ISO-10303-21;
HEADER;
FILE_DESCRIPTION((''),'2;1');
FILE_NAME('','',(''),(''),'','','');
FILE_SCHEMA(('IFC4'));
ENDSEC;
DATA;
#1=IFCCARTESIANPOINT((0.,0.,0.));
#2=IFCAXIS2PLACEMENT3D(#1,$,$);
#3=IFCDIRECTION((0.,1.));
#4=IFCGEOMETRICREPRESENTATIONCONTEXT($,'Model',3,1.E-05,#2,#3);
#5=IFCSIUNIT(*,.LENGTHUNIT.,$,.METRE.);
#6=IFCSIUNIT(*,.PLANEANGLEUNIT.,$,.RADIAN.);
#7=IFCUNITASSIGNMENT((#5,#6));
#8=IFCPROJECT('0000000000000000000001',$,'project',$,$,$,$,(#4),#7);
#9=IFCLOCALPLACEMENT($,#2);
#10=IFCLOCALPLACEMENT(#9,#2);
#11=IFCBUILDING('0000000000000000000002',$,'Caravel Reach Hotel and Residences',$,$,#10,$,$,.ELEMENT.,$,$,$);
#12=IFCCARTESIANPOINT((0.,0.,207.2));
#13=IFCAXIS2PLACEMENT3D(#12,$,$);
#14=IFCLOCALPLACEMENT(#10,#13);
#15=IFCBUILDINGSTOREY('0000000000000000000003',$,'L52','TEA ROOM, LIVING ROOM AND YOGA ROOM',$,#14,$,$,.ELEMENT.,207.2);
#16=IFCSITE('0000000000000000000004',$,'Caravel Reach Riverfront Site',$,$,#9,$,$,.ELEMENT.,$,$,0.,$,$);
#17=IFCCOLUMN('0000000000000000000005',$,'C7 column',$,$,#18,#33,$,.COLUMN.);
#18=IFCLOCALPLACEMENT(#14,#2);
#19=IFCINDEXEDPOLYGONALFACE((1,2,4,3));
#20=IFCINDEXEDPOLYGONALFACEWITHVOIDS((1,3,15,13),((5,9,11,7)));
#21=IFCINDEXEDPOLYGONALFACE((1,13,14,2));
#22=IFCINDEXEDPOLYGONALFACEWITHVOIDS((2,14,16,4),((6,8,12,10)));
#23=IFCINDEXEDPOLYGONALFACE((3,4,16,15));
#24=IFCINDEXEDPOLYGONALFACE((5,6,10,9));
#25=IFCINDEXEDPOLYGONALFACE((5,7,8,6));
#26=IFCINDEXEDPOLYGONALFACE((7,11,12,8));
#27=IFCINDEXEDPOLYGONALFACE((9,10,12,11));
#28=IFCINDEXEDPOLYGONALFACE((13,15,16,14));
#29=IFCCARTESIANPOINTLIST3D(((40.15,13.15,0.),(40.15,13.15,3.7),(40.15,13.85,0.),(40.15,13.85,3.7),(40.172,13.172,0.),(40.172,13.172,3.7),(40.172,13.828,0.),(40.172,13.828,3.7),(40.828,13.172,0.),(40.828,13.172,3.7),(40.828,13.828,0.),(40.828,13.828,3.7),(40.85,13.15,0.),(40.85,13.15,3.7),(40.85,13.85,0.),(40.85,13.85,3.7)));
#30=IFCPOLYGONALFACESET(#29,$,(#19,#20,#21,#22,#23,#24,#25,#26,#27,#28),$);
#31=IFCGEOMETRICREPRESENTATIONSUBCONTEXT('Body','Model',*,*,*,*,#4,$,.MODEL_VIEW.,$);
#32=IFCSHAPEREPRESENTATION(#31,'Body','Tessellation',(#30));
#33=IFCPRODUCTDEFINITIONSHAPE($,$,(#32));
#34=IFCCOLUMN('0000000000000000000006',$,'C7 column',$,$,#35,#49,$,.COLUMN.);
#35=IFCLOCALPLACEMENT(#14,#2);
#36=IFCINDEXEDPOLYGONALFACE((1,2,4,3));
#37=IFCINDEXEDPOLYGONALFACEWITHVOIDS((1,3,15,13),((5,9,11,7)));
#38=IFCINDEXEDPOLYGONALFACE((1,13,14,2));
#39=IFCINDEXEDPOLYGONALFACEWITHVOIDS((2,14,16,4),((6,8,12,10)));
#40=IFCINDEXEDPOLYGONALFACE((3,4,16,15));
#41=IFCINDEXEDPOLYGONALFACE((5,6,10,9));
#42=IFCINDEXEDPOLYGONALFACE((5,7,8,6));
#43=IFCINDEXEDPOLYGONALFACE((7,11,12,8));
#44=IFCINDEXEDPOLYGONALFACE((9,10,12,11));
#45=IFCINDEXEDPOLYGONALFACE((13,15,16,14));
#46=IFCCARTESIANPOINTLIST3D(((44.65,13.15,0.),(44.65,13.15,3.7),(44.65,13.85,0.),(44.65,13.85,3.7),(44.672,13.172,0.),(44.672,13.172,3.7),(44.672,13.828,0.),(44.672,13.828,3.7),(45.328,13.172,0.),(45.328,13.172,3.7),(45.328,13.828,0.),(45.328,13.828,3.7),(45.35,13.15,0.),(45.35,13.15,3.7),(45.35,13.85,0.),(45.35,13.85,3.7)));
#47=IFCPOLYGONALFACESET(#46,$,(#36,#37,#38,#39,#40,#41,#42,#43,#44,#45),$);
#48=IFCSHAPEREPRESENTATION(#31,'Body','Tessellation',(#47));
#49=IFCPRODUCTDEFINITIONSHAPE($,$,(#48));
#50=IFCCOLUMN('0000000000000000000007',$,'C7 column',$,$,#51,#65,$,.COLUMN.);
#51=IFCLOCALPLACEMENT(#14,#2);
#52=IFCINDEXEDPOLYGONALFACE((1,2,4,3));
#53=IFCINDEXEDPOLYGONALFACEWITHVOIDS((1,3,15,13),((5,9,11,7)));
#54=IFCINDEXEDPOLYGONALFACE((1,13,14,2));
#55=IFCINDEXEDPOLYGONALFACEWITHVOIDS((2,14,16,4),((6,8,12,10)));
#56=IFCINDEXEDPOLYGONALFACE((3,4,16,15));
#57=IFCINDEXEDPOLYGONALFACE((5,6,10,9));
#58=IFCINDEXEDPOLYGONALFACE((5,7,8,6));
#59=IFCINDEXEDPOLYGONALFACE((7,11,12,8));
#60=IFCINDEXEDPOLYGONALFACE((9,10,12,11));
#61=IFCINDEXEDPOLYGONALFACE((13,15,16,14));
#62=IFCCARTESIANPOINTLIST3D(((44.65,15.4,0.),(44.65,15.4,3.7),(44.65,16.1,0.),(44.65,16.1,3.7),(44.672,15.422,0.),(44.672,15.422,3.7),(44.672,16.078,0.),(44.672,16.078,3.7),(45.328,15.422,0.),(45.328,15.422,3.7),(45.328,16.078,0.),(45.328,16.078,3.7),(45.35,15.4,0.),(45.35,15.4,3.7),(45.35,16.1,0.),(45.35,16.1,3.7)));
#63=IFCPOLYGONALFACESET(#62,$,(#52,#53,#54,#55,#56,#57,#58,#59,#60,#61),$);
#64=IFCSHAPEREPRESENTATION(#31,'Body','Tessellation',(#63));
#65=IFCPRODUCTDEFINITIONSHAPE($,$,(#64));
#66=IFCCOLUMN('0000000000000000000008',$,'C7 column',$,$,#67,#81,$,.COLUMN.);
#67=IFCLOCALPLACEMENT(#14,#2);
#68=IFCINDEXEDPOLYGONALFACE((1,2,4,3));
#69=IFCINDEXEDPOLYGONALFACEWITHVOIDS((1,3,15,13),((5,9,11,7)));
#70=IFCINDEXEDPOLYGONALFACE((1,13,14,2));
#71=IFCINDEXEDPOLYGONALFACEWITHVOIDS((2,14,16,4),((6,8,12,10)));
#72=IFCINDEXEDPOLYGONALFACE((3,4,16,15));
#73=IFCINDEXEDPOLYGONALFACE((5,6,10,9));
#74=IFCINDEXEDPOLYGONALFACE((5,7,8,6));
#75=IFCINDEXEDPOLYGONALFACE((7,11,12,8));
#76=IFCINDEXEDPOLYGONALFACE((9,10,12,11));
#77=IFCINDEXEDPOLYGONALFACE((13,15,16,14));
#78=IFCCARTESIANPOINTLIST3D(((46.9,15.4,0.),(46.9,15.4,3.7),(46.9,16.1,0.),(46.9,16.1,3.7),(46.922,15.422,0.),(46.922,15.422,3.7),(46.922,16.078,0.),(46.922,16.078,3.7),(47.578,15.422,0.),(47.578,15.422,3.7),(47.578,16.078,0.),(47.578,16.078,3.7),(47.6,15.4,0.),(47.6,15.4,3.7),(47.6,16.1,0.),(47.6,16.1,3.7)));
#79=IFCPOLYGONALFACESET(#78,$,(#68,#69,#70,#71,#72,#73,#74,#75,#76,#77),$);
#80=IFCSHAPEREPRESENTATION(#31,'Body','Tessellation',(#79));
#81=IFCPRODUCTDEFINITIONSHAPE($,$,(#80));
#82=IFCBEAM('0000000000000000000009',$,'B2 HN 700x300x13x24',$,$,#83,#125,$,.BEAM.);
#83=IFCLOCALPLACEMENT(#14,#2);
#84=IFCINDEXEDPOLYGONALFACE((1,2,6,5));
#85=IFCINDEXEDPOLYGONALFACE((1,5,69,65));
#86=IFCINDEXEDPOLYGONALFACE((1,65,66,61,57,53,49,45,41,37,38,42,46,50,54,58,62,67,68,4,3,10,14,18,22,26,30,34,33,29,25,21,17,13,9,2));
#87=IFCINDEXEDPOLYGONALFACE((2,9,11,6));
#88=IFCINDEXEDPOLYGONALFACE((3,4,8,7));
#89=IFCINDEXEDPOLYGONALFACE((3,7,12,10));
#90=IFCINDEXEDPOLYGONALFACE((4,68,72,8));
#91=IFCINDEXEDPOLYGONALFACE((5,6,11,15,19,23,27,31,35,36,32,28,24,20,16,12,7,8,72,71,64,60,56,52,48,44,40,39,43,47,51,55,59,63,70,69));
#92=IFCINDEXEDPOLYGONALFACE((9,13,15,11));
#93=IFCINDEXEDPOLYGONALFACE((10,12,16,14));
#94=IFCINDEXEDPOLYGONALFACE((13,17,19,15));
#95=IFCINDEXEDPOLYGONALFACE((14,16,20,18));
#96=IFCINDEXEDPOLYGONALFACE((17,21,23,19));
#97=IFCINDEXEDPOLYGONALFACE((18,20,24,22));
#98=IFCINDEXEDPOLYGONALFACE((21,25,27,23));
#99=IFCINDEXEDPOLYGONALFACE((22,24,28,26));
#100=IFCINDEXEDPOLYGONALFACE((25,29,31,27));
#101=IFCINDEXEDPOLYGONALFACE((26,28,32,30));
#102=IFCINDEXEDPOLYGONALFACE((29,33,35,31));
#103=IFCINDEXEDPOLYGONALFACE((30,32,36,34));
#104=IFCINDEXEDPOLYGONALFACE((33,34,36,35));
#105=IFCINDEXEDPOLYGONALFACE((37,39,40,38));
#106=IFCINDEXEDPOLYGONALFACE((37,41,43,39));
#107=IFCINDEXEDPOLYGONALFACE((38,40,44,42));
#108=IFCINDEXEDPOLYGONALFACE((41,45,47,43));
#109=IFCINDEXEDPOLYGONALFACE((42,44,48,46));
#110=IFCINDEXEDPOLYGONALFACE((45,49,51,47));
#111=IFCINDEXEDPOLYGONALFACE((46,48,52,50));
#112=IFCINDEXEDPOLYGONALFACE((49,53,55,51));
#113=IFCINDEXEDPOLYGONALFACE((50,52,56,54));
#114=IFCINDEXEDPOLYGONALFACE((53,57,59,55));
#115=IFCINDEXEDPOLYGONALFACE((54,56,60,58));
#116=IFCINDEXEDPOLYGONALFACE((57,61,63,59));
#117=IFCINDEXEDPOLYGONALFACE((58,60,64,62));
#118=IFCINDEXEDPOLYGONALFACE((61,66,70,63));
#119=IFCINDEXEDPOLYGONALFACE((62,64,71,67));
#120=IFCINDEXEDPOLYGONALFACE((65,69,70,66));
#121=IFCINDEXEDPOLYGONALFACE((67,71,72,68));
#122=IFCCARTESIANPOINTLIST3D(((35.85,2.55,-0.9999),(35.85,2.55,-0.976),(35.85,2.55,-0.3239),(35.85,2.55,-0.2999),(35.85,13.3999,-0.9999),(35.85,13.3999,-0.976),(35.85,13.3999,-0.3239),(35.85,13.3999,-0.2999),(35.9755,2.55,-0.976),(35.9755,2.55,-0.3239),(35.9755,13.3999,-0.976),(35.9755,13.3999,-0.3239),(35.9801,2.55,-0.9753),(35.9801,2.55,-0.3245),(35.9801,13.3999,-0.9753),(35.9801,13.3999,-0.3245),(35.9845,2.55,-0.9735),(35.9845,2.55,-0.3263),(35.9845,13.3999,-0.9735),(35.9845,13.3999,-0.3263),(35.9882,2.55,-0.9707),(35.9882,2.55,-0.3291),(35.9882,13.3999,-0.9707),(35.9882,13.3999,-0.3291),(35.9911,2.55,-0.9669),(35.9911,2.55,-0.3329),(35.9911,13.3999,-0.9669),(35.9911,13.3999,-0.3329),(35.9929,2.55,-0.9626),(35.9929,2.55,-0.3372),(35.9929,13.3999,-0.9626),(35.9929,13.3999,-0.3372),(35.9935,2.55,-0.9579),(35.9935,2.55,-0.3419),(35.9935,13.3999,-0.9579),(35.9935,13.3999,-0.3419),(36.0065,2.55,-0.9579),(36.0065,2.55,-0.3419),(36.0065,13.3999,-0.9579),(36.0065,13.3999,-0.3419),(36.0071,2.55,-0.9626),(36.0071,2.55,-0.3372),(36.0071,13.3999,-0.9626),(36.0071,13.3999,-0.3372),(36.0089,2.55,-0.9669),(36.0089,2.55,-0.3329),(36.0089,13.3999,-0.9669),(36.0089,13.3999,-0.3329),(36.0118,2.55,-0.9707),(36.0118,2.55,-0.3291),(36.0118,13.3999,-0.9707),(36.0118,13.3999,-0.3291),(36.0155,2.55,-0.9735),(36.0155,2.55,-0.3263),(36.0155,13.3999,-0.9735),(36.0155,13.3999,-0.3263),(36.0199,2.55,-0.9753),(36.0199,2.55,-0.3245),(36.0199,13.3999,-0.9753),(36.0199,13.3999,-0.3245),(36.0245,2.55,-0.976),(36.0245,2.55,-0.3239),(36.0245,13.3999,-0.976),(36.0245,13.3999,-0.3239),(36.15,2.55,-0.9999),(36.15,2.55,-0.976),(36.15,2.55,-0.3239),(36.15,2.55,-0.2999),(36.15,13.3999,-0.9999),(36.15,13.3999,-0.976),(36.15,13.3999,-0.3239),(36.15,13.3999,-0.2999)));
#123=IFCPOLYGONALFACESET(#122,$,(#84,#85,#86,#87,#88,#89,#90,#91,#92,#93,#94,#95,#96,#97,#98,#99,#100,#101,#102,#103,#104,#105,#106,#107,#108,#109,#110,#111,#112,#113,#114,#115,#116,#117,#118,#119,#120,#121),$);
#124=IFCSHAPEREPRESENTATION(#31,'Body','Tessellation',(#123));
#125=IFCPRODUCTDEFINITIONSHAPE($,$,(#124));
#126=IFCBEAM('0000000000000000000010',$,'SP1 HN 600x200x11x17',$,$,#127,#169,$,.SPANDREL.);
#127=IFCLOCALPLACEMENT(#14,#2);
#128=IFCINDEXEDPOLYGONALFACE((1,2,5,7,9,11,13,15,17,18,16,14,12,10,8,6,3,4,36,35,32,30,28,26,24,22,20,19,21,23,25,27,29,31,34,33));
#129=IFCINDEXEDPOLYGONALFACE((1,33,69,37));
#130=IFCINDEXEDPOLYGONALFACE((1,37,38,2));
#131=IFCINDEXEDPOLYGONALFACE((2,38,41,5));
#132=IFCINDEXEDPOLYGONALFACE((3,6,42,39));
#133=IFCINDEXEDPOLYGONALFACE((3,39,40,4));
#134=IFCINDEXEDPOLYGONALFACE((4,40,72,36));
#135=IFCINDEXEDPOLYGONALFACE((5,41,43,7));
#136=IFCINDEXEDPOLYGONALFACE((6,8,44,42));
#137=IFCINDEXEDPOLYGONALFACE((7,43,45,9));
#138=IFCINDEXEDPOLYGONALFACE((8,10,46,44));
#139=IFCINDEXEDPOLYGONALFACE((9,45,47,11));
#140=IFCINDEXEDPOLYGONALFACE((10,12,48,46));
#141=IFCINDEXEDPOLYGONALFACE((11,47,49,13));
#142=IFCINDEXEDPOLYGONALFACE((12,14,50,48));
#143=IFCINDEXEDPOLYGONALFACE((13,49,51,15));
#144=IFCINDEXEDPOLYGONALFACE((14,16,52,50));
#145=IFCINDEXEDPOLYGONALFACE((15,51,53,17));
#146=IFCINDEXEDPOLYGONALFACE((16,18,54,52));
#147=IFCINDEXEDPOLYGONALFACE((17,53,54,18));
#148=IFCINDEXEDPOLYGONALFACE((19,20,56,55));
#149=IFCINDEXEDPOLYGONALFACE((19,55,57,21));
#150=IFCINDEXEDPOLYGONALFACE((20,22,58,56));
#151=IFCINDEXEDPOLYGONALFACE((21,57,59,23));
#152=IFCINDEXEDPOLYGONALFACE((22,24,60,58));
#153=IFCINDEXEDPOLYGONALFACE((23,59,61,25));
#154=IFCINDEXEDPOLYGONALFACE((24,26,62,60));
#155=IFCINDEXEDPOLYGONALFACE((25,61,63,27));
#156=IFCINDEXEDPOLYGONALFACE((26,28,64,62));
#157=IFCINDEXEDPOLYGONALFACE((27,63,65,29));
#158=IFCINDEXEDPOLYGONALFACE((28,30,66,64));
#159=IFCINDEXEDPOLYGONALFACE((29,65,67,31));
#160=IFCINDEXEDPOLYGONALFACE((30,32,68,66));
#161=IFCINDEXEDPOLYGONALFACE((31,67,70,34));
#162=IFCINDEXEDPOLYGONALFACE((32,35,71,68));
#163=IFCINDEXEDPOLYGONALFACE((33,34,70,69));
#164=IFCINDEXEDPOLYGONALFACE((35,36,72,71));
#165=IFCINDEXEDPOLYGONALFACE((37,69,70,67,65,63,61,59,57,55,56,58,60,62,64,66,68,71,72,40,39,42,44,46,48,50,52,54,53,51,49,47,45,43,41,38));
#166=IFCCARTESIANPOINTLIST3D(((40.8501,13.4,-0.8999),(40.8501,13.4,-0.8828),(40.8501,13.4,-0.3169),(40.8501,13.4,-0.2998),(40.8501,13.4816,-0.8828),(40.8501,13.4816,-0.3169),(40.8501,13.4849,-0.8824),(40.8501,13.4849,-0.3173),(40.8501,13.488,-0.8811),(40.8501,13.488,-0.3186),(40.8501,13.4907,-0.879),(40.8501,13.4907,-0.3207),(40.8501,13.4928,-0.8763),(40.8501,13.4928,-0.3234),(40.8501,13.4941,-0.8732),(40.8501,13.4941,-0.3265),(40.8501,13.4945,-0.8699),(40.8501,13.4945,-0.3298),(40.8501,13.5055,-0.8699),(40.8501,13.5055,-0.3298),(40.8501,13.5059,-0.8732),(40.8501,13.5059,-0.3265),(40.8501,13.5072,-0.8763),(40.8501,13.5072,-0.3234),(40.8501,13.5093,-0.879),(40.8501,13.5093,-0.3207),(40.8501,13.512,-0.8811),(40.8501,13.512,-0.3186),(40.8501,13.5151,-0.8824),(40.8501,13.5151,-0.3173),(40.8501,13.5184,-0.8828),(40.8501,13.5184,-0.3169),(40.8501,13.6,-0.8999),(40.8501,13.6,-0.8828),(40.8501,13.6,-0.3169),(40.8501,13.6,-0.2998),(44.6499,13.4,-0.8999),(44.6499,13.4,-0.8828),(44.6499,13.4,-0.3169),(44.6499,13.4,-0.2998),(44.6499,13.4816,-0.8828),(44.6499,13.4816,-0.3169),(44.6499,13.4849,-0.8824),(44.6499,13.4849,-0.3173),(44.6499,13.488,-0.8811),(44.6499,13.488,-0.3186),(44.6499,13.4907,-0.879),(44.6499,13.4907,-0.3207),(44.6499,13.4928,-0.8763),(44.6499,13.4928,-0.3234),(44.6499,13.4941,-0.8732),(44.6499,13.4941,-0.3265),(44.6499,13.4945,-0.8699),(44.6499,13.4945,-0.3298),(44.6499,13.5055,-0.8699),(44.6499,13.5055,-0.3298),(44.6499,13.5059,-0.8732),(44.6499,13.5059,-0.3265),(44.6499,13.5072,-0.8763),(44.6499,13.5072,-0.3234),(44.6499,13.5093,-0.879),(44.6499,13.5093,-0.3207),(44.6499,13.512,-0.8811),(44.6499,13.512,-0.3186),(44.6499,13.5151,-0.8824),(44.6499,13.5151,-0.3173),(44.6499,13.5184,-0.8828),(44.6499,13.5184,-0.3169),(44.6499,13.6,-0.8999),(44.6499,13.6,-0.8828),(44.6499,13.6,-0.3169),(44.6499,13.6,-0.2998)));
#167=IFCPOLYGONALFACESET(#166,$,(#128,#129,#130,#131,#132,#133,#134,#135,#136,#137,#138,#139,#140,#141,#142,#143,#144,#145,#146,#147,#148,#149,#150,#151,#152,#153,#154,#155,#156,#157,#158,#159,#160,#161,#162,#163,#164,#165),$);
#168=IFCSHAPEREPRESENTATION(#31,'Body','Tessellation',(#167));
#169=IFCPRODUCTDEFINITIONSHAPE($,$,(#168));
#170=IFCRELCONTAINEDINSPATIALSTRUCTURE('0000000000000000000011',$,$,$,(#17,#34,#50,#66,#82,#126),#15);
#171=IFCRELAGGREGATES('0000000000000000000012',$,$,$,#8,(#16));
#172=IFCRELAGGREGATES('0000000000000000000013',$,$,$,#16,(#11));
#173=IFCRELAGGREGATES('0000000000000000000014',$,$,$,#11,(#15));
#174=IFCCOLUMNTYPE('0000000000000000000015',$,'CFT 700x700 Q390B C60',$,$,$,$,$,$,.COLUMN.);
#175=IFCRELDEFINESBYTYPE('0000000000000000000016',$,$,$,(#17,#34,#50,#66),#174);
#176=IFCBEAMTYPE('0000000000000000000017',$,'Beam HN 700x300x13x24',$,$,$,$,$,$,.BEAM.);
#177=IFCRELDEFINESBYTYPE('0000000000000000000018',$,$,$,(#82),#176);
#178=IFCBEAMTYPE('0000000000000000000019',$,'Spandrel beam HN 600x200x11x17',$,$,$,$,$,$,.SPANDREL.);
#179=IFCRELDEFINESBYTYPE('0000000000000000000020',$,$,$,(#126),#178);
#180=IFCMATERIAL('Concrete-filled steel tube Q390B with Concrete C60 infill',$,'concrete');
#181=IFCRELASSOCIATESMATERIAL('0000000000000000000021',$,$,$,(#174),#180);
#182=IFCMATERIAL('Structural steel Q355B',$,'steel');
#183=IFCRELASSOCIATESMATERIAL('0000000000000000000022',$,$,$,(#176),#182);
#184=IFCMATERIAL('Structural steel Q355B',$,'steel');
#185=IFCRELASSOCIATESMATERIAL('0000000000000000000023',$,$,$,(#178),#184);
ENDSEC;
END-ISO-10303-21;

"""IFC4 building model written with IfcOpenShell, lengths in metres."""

from ifc_helpers import new_model, si_unit, direction, frame, origin, origin_2d, place, context, subcontext, project, spatial, hollow_rectangle, i_section, extrude, material, material_profile, profile_set, type_object, element, save


model = new_model("IFC4")

# Units and contexts
model_context = context("Model", 3, precision=1e-05, world=origin(), true_north=direction((0.0, 1.0)))
body_context = subcontext(model_context, "Body", "Model", "MODEL_VIEW")
ifc_project = project(units=[si_unit("LENGTHUNIT", "METRE"), si_unit("PLANEANGLEUNIT", "RADIAN")], contexts=[model_context])

# Site, building, storey
site_placement = place(None, origin())
site = spatial("IfcSite", under=ifc_project, at=site_placement, Name="Caravel Reach Riverfront Site", CompositionType="ELEMENT", RefElevation=0.0)
building_placement = place(site_placement, origin())
building = spatial("IfcBuilding", under=site, at=building_placement, Name="Caravel Reach Hotel and Residences", CompositionType="ELEMENT")
storey_placement = place(building_placement, frame((0.0, 0.0, 207.2)))
storey = spatial("IfcBuildingStorey", under=building, at=storey_placement, Name="L52", Description="TEA ROOM, LIVING ROOM AND YOGA ROOM", CompositionType="ELEMENT", Elevation=207.2)

# Columns
ifc_material_1 = material(Name="Concrete-filled steel tube Q390B with Concrete C60 infill", Category="concrete")
ifc_material_profile_1 = material_profile(ifc_material_1, hollow_rectangle(XDim=0.7, YDim=0.7, WallThickness=0.022, at=origin_2d()), Name="RHS 700x700x22")
ifc_profile_set_1 = profile_set([ifc_material_profile_1], Name="Concrete-filled steel tube Q390B with Concrete C60 infill")
column_type = type_object("IfcColumnType", Name="CFT 700x700 Q390B C60", PredefinedType="COLUMN", material=ifc_profile_set_1)
for number, where, z_axis, x_axis, name in (
    (1, (40.5, 13.5, 0.0), (0.0, 0.0, 1.0), (1.0, 0.0, 0.0), "C7 column"),
    (2, (45.0, 13.5, 0.0), (0.0, 0.0, 1.0), (1.0, 0.0, 0.0), "C7 column"),
    (3, (45.0, 15.75, 0.0), (0.0, 0.0, 1.0), (1.0, 0.0, 0.0), "C7 column"),
    (4, (47.25, 15.75, 0.0), (0.0, 0.0, 1.0), (1.0, 0.0, 0.0), "C7 column"),
):
    element("IfcColumn", number, at=place(storey_placement, frame(where, z_axis=z_axis, x_axis=x_axis)), inside=storey, type_object=column_type, Name=name, PredefinedType="COLUMN", context=body_context, shape_type="SweptSolid", body=[
        extrude(hollow_rectangle(XDim=0.7, YDim=0.7, WallThickness=0.022, at=origin_2d()), origin(), (0.0, 0.0, 1.0), 3.7),
    ])

# Beams
ifc_material_2 = material(Name="Structural steel Q355B", Category="steel")
ifc_material_profile_2 = material_profile(ifc_material_2, i_section(OverallWidth=0.3, OverallDepth=0.7, WebThickness=0.0129, FlangeThickness=0.0239, FilletRadius=0.0181, at=origin_2d()), Name="HN 700x300x13x24")
ifc_profile_set_2 = profile_set([ifc_material_profile_2], Name="Structural steel Q355B")
beam_type_1 = type_object("IfcBeamType", Name="Beam HN 700x300x13x24", PredefinedType="BEAM", material=ifc_profile_set_2)
beam_1_placement = place(storey_placement, frame((36.0, 13.3999, -0.6499), z_axis=(0.0, -1.0, 0.0), x_axis=(1.0, 0.0, 0.0)))
element("IfcBeam", 5, at=beam_1_placement, inside=storey, type_object=beam_type_1, Name="B2 HN 700x300x13x24", PredefinedType="BEAM", context=body_context, shape_type="SweptSolid", body=[
    extrude(i_section(OverallWidth=0.3, OverallDepth=0.7, WebThickness=0.0129, FlangeThickness=0.0239, FilletRadius=0.0181, at=origin_2d()), origin(), (0.0, 0.0, 1.0), 10.8499),
])
ifc_material_3 = material(Name="Structural steel Q355B", Category="steel")
ifc_material_profile_3 = material_profile(ifc_material_3, i_section(OverallWidth=0.2, OverallDepth=0.6001, WebThickness=0.011, FlangeThickness=0.0171, FilletRadius=0.0129, at=origin_2d()), Name="HN 600x200x11x17")
ifc_profile_set_3 = profile_set([ifc_material_profile_3], Name="Structural steel Q355B")
beam_type_2 = type_object("IfcBeamType", Name="Spandrel beam HN 600x200x11x17", PredefinedType="SPANDREL", material=ifc_profile_set_3)
beam_2_placement = place(storey_placement, frame((40.8501, 13.5, -0.5999), z_axis=(1.0, 0.0, 0.0), x_axis=(0.0, 1.0, 0.0)))
element("IfcBeam", 6, at=beam_2_placement, inside=storey, type_object=beam_type_2, Name="SP1 HN 600x200x11x17", PredefinedType="SPANDREL", context=body_context, shape_type="SweptSolid", body=[
    extrude(i_section(OverallWidth=0.2, OverallDepth=0.6001, WebThickness=0.011, FlangeThickness=0.0171, FilletRadius=0.0129, at=origin_2d()), origin(), (0.0, 0.0, 1.0), 3.7998),
])

save(model, "model.ifc")
